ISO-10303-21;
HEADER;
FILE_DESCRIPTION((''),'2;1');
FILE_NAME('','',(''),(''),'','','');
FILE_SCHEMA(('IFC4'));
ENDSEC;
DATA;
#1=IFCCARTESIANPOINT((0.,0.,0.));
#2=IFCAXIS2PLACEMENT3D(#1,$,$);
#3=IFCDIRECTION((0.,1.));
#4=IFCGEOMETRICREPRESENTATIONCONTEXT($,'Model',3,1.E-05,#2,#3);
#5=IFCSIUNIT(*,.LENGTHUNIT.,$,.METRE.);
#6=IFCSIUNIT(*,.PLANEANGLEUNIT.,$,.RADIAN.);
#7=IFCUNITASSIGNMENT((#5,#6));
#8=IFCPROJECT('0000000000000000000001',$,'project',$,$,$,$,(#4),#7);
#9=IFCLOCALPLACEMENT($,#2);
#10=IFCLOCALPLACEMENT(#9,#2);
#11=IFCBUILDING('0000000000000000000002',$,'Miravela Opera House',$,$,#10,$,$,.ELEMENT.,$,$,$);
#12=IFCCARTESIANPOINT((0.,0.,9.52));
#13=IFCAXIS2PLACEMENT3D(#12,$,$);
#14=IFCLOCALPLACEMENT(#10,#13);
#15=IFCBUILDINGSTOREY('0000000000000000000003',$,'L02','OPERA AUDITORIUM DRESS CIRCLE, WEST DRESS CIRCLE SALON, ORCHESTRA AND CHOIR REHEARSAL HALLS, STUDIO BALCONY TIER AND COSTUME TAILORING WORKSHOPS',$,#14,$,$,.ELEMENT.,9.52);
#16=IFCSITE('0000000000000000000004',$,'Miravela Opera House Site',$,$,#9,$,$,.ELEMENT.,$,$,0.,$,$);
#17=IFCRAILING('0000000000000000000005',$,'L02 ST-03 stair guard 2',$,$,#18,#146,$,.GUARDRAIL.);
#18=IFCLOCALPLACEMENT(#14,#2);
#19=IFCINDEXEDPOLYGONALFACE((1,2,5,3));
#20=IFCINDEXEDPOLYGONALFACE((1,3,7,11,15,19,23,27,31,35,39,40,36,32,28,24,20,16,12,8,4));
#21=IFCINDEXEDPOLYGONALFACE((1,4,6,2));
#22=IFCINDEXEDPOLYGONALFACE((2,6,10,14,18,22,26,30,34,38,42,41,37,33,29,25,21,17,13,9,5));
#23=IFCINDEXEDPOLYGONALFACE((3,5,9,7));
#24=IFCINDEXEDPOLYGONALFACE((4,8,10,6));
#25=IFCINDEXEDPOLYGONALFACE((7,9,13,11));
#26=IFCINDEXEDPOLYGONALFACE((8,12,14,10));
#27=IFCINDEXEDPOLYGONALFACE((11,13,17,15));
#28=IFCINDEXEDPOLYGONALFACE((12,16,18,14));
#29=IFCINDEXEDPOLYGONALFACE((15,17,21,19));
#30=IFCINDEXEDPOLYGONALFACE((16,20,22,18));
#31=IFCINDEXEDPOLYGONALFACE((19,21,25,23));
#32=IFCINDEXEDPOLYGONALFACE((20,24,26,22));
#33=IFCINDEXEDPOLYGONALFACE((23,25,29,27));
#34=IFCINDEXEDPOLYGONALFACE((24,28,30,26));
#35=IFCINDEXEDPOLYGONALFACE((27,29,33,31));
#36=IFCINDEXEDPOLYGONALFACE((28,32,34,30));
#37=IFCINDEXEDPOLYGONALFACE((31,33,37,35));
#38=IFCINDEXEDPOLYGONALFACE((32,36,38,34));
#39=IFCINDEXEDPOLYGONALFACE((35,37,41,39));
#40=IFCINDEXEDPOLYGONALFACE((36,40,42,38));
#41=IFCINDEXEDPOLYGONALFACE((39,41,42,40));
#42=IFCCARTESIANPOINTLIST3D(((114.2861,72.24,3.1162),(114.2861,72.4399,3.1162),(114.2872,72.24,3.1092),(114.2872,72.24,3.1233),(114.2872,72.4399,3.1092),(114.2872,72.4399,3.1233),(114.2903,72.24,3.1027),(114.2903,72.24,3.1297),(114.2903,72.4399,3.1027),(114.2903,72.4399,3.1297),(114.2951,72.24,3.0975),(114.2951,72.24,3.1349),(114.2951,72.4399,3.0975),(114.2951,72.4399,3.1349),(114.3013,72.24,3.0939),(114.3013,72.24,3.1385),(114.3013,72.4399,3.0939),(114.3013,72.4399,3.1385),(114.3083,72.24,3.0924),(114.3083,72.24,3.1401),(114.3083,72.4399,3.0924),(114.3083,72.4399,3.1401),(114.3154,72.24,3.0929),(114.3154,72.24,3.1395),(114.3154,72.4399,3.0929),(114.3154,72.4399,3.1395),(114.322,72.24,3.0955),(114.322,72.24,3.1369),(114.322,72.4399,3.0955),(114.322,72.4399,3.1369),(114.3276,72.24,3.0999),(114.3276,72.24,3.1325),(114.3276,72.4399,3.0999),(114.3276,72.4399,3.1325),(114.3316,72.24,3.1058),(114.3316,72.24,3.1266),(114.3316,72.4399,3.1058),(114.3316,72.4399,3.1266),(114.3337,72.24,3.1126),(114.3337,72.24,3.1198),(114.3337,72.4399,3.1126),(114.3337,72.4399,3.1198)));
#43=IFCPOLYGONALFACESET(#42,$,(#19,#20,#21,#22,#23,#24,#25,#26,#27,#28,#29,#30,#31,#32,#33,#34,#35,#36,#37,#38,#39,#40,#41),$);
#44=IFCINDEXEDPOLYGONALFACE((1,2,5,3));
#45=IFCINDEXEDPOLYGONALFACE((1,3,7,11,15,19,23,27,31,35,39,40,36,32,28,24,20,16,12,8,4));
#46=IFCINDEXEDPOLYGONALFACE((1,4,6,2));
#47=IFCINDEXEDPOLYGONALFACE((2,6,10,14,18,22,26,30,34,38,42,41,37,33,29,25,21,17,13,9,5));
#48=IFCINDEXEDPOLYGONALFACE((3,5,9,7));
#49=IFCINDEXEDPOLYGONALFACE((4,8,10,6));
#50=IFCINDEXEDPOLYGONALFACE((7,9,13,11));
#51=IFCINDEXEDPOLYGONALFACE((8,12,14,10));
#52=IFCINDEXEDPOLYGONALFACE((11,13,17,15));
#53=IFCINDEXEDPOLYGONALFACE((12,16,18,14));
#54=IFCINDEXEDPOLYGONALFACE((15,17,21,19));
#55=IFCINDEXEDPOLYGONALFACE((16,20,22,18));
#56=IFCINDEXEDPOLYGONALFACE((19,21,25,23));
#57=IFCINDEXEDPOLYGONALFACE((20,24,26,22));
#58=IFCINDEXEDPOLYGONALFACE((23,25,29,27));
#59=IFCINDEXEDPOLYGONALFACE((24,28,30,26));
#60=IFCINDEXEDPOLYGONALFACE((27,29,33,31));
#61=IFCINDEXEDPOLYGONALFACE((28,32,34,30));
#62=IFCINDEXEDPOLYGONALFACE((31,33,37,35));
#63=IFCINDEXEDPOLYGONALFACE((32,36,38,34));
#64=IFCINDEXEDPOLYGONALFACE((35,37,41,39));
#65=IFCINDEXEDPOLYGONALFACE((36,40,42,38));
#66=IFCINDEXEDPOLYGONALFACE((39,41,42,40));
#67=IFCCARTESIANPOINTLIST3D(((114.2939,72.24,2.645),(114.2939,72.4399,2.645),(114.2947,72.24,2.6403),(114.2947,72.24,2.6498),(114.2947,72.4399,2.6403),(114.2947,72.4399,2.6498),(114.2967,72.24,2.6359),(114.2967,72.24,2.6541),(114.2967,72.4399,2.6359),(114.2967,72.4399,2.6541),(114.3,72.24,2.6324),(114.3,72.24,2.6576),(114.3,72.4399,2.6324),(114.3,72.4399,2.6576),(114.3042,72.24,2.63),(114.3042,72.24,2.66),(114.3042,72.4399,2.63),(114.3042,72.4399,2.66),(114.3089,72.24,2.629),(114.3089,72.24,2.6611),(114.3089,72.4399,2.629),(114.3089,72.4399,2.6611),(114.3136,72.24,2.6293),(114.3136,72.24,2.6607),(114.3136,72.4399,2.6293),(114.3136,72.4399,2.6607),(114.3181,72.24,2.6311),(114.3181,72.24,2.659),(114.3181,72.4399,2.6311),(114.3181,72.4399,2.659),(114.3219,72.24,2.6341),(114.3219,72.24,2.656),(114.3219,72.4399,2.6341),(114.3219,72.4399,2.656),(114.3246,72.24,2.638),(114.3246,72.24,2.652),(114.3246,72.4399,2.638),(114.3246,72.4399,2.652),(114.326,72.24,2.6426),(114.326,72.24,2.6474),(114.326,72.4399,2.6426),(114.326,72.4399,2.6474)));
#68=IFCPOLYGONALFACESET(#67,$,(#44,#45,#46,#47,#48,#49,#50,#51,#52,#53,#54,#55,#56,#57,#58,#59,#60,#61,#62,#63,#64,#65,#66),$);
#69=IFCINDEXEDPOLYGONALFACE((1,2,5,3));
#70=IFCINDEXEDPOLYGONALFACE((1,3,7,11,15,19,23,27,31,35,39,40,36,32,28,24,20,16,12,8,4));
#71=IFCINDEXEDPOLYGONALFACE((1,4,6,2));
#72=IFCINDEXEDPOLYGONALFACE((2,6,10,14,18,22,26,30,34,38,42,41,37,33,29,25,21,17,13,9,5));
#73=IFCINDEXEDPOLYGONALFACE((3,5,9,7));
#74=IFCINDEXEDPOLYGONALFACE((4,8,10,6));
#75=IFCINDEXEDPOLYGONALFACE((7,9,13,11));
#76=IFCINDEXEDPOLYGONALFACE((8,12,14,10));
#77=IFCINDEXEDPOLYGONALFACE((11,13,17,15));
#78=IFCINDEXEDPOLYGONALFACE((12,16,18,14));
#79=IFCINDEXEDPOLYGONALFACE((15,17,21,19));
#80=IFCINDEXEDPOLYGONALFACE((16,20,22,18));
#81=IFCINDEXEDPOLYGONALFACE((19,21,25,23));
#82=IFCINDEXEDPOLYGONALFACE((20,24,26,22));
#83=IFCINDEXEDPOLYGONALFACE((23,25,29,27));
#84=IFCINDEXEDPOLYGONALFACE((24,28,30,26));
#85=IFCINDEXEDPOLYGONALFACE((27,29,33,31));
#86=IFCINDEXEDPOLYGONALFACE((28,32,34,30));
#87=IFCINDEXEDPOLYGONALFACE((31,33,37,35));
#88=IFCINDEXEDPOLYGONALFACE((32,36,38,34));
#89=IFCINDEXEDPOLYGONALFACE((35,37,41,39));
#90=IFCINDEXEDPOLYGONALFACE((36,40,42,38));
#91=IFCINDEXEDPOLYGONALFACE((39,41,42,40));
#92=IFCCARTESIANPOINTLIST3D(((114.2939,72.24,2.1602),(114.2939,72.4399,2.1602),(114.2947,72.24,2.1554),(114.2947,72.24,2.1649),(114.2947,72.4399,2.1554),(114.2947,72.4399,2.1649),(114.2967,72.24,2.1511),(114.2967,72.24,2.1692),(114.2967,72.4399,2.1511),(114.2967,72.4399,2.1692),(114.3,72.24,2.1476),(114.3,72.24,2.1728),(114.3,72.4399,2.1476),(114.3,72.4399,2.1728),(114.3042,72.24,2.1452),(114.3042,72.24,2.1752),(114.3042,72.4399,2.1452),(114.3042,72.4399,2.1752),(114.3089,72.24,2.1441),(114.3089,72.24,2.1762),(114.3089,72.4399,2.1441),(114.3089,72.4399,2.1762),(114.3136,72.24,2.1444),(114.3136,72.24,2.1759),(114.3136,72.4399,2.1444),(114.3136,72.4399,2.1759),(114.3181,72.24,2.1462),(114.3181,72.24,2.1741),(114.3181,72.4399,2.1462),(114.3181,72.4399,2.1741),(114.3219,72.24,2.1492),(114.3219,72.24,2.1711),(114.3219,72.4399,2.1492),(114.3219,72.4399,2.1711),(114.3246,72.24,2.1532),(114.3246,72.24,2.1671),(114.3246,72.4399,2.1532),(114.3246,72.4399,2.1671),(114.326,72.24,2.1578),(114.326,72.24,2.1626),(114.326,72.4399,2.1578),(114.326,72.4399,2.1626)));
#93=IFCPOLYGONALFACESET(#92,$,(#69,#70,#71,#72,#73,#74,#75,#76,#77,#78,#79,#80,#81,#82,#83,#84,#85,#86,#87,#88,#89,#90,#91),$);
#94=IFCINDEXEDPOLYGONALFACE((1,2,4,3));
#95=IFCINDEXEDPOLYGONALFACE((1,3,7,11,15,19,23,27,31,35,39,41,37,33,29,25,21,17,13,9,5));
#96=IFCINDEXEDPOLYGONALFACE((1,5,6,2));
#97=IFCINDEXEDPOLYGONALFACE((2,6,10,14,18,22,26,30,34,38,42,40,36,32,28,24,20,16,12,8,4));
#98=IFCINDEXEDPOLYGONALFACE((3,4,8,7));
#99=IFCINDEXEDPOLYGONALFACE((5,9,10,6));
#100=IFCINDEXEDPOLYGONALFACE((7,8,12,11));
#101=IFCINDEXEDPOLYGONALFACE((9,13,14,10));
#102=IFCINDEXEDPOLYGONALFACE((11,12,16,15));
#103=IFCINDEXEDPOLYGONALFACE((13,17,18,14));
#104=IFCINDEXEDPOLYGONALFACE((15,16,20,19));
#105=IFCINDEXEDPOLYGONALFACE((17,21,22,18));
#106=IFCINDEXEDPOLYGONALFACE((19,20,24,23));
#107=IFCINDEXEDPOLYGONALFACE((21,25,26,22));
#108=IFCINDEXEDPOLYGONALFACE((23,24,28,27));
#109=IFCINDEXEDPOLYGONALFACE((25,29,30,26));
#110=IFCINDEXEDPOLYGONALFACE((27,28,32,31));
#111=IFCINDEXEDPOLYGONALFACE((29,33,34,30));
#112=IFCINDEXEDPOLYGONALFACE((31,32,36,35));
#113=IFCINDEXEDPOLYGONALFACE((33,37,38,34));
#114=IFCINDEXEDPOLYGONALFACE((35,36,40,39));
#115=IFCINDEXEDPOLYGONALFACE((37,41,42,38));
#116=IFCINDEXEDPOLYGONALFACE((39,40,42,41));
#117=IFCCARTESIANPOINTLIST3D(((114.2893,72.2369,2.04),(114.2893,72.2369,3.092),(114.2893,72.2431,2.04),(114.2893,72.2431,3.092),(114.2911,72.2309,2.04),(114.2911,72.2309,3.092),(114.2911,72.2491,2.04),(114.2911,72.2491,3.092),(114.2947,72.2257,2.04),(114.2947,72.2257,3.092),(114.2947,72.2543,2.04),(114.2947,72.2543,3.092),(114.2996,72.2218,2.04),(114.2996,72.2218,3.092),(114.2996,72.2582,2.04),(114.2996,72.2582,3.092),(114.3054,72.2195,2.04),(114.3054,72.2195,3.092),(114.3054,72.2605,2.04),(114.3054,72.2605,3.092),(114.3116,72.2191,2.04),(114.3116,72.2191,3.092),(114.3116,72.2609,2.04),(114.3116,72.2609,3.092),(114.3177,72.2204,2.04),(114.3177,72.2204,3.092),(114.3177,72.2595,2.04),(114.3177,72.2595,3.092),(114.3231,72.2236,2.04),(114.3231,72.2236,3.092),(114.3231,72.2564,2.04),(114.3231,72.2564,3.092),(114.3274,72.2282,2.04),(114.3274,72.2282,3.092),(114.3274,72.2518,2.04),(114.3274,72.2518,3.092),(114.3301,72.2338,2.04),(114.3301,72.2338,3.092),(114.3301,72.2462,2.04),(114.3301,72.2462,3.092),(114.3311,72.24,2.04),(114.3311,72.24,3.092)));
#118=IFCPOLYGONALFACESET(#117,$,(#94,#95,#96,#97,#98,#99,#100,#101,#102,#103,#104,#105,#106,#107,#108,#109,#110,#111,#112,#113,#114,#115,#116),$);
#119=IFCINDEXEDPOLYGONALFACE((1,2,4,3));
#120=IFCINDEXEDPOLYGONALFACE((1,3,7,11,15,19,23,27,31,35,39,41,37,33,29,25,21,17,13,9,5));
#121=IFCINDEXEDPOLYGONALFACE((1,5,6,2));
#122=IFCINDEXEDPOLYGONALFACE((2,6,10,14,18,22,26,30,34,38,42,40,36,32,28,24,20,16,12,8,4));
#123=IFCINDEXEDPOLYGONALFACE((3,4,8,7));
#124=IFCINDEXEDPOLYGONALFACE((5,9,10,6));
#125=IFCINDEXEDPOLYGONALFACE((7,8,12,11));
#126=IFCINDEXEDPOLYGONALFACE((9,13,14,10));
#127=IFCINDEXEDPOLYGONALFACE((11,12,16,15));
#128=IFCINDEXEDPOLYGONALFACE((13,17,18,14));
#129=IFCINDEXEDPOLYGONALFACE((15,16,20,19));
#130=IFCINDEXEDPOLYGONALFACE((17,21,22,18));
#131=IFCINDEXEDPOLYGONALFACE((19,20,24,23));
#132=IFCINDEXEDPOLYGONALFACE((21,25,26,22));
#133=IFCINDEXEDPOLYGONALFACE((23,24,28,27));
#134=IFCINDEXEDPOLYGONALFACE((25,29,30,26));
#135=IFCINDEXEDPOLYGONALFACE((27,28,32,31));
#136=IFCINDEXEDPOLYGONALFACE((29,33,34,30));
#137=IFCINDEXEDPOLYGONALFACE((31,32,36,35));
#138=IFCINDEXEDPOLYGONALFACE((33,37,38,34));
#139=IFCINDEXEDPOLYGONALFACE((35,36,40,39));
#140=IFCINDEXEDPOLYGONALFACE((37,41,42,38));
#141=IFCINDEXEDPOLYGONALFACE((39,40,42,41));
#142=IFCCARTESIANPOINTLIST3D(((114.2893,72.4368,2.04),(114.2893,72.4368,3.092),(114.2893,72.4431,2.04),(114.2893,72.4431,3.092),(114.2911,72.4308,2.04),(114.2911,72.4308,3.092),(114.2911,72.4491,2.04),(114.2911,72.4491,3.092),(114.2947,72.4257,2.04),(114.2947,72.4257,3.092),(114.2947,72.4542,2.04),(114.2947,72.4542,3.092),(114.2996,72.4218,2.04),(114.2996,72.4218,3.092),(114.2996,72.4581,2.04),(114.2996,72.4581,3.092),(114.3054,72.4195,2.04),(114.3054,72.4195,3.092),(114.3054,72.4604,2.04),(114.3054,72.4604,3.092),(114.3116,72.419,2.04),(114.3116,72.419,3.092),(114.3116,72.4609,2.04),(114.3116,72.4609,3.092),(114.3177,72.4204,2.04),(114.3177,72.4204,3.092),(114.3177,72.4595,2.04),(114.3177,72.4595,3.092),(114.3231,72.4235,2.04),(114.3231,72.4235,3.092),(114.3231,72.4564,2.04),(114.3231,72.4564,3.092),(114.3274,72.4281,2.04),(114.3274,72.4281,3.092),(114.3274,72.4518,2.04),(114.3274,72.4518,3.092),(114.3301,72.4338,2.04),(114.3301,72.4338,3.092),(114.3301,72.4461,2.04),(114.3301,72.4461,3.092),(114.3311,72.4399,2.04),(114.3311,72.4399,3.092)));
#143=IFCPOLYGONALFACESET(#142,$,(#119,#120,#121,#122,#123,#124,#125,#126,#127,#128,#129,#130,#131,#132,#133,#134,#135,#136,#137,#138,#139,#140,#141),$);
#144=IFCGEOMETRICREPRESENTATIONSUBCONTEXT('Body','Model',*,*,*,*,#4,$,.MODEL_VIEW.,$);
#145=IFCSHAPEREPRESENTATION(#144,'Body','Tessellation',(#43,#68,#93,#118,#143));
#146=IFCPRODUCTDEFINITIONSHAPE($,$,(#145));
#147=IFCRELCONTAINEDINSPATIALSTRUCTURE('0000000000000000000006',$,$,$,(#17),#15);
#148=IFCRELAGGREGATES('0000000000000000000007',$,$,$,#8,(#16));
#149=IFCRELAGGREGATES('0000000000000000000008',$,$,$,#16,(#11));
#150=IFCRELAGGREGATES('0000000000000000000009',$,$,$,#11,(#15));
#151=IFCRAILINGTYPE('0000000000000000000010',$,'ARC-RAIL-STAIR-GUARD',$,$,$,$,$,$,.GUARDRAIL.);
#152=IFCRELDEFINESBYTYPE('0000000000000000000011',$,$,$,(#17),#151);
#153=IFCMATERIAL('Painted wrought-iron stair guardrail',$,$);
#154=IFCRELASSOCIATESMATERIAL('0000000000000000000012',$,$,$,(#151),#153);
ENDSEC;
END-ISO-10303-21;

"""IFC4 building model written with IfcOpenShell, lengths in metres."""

from ifc_helpers import new_model, si_unit, direction, frame, origin, origin_2d, place, context, subcontext, project, spatial, circle, extrude, material, type_object, element, save


model = new_model("IFC4")

# Units and contexts
model_context = context("Model", 3, precision=1e-05, world=origin(), true_north=direction((0.0, 1.0)))
body_context = subcontext(model_context, "Body", "Model", "MODEL_VIEW")
ifc_project = project(units=[si_unit("LENGTHUNIT", "METRE"), si_unit("PLANEANGLEUNIT", "RADIAN")], contexts=[model_context])

# Site, building, storey
site_placement = place(None, origin())
site = spatial("IfcSite", under=ifc_project, at=site_placement, Name="Miravela Opera House Site", CompositionType="ELEMENT", RefElevation=0.0)
building_placement = place(site_placement, origin())
building = spatial("IfcBuilding", under=site, at=building_placement, Name="Miravela Opera House", CompositionType="ELEMENT")
storey_placement = place(building_placement, frame((0.0, 0.0, 9.52)))
storey = spatial("IfcBuildingStorey", under=building, at=storey_placement, Name="L02", Description="OPERA AUDITORIUM DRESS CIRCLE, WEST DRESS CIRCLE SALON, ORCHESTRA AND CHOIR REHEARSAL HALLS, STUDIO BALCONY TIER AND COSTUME TAILORING WORKSHOPS", CompositionType="ELEMENT", Elevation=9.52)

# Railing
ifc_material_1 = material(Name="Painted wrought-iron stair guardrail")
railing_type_1 = type_object("IfcRailingType", Name="ARC-RAIL-STAIR-GUARD", PredefinedType="GUARDRAIL", material=ifc_material_1)
for number, where, name in (
    (1, (114.3101, 72.24, 2.04), "L02 ST-03 stair guard 2"),
):
    element("IfcRailing", number, at=place(storey_placement, frame(where)), inside=storey, type_object=railing_type_1, Name=name, PredefinedType="GUARDRAIL", context=body_context, shape_type="SweptSolid", body=[
        extrude(circle(Radius=0.0239, at=origin_2d()), frame((0.0, 0.0, 1.0762), z_axis=(0.0, 1.0, 0.0), x_axis=(-1.0, 0.0, 0.0)), (0.0, 0.0, 1.0), 0.2),
        extrude(circle(Radius=0.0161, at=origin_2d()), frame((0.0, 0.0, 0.605), z_axis=(0.0, 1.0, 0.0), x_axis=(-1.0, 0.0, 0.0)), (0.0, 0.0, 1.0), 0.2),
        extrude(circle(Radius=0.0161, at=origin_2d()), frame((0.0, 0.0, 0.1201), z_axis=(0.0, 1.0, 0.0), x_axis=(-1.0, 0.0, 0.0)), (0.0, 0.0, 1.0), 0.2),
        extrude(circle(Radius=0.021, at=origin_2d()), origin(), (0.0, 0.0, 1.0), 1.052),
        extrude(circle(Radius=0.021, at=origin_2d()), frame((0.0, 0.2, 0.0)), (0.0, 0.0, 1.0), 1.052),
    ])

save(model, "model.ifc")
